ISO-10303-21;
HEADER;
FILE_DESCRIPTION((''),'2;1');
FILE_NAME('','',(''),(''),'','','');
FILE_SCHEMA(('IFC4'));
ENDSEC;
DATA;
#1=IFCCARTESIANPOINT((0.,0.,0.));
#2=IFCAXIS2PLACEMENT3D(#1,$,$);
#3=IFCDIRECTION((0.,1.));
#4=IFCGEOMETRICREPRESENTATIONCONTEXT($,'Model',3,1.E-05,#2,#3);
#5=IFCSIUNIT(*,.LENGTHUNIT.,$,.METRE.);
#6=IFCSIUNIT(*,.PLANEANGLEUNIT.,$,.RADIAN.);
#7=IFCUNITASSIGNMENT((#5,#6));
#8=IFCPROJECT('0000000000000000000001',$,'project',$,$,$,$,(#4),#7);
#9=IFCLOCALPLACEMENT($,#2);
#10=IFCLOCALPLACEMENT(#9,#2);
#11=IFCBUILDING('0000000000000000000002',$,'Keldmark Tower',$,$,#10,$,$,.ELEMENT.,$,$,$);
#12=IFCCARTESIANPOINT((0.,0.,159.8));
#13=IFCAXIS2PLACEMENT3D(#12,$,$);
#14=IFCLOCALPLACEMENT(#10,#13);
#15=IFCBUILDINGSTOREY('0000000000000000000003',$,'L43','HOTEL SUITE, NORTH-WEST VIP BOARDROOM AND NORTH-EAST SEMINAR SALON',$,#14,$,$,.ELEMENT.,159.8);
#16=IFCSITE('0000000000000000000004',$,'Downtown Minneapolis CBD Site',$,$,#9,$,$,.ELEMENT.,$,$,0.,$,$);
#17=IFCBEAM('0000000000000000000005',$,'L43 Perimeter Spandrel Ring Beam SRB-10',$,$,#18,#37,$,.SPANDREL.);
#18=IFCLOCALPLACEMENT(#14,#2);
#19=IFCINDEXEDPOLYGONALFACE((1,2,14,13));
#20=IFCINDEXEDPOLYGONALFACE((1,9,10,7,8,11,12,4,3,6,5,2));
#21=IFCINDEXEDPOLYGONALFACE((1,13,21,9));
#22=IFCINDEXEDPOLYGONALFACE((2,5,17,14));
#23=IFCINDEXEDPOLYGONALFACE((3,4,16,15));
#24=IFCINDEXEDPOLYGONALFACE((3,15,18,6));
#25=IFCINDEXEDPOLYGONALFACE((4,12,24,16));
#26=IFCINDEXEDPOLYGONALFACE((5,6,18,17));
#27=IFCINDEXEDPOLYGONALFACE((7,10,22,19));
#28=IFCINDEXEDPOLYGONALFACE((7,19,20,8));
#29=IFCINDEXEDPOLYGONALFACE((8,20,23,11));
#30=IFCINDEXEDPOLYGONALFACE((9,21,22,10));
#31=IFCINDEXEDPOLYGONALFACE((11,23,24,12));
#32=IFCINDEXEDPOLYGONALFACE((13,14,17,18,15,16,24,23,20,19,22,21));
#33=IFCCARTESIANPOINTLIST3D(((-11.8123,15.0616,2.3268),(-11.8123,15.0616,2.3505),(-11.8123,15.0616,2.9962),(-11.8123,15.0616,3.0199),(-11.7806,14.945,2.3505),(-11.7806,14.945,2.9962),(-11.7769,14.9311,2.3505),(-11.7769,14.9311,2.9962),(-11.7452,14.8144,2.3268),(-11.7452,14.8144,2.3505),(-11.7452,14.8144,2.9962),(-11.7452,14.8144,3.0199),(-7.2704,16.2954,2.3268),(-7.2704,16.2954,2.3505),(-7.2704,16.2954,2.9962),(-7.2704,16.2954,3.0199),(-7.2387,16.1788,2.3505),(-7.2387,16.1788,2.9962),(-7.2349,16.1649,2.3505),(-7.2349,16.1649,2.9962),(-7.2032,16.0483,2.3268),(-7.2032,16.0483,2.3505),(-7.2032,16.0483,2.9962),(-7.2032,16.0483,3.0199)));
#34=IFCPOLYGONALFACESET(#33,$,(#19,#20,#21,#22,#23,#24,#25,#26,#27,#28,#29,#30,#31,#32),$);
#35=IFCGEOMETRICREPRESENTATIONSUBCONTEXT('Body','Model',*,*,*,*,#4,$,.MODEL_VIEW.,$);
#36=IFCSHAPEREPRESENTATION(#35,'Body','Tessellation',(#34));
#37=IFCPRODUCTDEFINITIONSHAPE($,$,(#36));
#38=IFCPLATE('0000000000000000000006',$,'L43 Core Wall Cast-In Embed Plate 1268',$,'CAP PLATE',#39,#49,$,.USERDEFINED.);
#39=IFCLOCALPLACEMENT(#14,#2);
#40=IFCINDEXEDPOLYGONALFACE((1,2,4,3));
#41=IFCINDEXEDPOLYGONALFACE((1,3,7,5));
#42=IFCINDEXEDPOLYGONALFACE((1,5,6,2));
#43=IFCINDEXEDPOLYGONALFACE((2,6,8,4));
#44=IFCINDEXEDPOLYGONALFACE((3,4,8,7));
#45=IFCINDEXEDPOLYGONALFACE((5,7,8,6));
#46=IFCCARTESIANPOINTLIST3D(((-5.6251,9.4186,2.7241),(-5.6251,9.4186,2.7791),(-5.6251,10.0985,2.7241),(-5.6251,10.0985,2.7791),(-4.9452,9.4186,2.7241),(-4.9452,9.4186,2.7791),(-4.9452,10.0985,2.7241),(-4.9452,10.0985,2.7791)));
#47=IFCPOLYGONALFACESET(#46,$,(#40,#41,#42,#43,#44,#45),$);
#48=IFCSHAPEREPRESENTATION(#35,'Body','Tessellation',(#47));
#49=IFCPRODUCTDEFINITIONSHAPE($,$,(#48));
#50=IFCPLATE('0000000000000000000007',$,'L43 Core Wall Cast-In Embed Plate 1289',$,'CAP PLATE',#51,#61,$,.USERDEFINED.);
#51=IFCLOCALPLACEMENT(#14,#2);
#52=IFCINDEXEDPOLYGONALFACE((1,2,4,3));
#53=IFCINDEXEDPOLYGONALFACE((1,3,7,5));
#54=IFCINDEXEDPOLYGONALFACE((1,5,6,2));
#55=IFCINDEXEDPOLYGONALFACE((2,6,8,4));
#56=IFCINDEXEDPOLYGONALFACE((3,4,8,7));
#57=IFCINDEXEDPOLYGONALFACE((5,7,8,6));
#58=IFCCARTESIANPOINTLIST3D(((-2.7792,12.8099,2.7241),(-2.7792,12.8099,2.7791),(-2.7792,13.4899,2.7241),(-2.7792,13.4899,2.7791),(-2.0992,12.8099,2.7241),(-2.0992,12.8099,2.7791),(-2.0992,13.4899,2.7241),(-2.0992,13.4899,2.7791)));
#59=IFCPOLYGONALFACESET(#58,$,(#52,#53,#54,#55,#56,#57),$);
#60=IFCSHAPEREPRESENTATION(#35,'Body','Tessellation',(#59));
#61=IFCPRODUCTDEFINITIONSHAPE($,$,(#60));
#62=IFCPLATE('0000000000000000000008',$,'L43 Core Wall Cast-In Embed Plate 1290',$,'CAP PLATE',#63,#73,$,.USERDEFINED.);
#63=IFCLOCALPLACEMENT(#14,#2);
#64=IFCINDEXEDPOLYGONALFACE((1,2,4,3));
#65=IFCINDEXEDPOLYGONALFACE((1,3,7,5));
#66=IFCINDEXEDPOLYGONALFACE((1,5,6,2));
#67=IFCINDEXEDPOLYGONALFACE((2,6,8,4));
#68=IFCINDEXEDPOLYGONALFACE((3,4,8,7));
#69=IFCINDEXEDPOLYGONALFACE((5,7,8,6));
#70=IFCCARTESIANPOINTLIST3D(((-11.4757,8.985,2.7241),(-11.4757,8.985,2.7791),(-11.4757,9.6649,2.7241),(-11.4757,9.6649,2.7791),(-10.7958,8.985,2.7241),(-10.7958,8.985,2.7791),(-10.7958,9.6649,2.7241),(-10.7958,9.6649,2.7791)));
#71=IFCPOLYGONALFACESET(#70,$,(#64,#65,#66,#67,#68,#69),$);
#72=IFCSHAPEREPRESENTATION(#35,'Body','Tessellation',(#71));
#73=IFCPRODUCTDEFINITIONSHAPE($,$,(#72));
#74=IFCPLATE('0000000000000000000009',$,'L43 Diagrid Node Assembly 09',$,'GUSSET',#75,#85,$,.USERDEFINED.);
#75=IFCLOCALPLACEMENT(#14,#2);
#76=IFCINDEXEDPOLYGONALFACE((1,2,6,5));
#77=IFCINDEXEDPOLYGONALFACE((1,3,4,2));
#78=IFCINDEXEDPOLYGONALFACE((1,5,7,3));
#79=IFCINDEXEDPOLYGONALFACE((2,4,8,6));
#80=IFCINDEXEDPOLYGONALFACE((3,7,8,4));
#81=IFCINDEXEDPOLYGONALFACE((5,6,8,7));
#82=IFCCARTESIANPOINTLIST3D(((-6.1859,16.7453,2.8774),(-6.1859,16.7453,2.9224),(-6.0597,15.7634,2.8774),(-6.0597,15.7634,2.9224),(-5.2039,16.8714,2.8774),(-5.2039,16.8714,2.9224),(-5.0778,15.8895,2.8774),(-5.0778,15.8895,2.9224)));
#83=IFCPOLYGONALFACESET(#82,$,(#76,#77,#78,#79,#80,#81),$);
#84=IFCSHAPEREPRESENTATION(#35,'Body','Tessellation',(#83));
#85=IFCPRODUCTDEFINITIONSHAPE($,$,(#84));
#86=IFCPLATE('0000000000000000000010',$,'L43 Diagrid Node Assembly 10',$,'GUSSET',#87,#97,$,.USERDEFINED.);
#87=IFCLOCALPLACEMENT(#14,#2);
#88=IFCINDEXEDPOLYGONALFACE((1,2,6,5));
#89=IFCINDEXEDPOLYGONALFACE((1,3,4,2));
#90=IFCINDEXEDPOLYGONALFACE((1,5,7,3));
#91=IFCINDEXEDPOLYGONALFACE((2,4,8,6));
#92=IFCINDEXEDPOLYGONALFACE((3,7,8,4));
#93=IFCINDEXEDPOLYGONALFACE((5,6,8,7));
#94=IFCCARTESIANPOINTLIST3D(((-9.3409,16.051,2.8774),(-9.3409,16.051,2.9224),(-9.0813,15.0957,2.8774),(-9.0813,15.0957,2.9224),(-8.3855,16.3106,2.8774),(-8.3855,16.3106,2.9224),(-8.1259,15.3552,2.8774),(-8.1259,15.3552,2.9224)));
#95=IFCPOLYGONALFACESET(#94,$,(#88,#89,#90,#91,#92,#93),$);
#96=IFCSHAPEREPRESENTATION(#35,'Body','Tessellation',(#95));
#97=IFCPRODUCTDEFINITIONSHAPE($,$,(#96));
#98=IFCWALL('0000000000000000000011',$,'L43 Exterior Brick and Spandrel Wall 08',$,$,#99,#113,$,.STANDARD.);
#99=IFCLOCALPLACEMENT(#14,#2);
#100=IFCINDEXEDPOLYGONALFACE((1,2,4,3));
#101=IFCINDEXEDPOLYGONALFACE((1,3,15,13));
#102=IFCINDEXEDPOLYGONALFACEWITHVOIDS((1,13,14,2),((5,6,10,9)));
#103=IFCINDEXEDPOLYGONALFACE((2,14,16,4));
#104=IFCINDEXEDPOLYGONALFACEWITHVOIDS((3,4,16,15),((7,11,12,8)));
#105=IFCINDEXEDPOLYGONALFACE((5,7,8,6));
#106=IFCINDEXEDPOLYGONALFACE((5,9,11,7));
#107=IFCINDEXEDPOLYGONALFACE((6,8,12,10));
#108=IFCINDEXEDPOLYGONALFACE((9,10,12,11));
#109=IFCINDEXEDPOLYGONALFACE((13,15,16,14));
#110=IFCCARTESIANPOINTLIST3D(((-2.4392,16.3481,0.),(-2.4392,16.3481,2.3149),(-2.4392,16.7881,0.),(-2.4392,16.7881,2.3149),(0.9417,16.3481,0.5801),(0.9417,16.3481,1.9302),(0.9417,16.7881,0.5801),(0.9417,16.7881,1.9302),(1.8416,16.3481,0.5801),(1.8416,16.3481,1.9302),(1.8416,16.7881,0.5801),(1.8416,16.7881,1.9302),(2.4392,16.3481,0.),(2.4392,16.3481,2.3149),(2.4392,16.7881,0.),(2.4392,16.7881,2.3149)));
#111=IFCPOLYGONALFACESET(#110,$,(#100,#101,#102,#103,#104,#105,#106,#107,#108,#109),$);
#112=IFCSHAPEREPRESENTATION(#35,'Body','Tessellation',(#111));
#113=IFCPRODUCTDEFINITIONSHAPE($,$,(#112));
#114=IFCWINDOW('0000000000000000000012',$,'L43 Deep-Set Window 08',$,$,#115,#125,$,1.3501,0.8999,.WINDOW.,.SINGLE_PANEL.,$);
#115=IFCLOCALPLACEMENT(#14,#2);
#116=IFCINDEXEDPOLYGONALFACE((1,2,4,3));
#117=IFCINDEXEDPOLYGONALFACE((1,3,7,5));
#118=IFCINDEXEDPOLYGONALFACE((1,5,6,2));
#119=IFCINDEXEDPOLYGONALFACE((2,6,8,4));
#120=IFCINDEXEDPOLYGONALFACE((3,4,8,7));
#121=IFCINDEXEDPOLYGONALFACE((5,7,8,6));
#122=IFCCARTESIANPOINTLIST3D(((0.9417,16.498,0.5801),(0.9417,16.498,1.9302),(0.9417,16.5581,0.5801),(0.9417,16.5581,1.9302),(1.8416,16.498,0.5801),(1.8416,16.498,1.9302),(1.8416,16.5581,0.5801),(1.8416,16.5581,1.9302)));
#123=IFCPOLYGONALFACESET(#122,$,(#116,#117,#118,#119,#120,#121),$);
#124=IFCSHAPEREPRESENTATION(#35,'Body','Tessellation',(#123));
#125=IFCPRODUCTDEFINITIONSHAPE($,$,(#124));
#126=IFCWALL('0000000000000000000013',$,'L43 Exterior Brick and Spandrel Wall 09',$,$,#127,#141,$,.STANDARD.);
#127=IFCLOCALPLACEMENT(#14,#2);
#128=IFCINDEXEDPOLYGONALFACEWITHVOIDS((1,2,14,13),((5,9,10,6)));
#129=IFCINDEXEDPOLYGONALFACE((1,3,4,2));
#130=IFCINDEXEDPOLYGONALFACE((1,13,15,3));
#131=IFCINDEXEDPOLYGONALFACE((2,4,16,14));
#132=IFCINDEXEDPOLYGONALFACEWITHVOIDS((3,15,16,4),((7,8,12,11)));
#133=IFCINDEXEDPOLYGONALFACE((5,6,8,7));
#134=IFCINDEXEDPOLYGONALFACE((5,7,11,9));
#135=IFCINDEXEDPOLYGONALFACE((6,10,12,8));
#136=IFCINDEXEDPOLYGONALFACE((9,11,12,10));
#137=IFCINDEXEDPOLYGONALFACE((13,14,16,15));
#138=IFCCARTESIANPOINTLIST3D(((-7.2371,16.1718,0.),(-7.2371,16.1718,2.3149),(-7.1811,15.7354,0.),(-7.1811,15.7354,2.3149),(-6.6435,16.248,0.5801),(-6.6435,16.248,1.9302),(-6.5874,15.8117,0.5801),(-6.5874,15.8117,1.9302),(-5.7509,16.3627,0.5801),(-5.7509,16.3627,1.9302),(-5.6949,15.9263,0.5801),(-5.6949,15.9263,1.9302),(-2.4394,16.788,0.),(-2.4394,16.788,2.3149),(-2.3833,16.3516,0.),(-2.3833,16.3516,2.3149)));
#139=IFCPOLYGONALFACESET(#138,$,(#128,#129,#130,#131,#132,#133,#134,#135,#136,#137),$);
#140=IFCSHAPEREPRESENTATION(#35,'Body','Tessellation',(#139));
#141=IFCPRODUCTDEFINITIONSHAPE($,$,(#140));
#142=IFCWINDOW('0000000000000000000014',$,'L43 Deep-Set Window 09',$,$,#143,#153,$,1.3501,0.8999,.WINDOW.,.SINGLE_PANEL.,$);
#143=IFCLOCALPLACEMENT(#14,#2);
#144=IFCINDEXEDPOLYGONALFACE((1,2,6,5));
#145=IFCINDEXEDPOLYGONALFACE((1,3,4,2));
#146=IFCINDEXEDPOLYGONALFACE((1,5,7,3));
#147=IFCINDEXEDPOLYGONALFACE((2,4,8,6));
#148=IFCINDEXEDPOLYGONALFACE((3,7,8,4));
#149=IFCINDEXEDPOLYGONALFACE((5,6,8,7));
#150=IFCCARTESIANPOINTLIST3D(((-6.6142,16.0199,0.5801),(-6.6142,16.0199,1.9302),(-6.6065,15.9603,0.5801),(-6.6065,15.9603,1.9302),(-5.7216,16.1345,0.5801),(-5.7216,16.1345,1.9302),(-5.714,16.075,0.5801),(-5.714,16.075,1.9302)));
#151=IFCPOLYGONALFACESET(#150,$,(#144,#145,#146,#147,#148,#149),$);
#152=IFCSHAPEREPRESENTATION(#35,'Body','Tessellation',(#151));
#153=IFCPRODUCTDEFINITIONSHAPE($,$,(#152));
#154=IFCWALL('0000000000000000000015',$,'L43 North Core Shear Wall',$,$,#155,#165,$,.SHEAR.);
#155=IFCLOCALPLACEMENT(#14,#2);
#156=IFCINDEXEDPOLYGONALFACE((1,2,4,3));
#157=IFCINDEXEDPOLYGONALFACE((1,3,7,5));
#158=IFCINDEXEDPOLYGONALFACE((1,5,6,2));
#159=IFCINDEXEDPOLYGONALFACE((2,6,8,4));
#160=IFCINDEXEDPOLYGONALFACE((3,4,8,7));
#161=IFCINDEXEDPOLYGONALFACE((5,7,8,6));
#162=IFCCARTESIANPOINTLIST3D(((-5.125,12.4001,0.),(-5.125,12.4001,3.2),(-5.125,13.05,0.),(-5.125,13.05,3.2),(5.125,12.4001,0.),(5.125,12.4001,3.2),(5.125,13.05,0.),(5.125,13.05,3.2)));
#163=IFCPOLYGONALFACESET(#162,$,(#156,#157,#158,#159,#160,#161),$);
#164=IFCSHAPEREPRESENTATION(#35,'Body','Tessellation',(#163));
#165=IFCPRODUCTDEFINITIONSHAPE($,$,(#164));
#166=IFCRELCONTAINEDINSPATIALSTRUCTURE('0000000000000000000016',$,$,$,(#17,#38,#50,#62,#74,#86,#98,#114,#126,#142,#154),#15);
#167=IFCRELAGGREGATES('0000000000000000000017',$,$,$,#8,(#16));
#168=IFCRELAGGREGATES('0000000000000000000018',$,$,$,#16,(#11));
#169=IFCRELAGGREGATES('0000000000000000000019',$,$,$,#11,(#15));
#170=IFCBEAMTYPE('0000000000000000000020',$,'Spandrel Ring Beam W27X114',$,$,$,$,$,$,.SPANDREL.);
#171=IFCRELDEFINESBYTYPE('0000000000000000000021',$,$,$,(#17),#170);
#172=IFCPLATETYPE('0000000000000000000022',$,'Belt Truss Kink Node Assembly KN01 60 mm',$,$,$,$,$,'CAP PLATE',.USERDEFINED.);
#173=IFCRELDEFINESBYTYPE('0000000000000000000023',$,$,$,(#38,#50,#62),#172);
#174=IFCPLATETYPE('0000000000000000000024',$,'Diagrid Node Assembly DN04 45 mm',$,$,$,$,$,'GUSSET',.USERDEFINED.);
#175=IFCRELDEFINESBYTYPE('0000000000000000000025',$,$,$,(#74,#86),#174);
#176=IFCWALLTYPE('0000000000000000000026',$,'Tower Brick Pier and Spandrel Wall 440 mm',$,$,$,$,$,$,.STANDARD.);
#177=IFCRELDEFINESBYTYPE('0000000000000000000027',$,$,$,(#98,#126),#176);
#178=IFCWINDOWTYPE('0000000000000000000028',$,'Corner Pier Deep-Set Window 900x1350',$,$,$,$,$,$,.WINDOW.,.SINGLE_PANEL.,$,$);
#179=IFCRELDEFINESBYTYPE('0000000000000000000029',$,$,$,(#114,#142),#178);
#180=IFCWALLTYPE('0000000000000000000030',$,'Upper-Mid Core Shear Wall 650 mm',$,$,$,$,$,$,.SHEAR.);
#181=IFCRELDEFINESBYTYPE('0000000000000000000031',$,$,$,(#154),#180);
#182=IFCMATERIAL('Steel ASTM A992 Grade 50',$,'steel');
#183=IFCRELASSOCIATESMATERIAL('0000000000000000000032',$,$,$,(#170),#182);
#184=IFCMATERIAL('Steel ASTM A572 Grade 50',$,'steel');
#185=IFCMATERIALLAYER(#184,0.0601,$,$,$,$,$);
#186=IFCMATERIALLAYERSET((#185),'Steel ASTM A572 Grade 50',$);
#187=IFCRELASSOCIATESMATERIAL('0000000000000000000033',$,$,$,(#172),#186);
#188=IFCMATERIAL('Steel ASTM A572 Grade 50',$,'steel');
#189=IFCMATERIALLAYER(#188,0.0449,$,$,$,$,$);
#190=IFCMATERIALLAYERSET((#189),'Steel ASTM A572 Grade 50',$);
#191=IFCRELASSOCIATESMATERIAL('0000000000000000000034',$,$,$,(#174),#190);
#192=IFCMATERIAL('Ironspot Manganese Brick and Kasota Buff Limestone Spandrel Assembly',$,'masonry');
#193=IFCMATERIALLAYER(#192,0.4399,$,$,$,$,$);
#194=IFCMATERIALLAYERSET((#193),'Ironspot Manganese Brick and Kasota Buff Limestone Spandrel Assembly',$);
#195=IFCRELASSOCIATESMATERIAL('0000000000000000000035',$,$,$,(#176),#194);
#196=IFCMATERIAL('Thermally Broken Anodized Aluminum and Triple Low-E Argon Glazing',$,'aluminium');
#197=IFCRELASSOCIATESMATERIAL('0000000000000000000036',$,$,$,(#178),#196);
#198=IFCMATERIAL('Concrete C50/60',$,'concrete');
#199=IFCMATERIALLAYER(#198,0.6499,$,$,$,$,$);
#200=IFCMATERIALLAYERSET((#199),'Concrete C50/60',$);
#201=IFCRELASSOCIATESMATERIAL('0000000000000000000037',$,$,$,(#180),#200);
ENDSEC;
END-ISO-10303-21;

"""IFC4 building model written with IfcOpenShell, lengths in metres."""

from ifc_helpers import new_model, si_unit, direction, frame, frame_2d, origin, origin_2d, place, context, subcontext, project, spatial, rectangle, i_section, extrude, material, layer, layer_set, material_profile, profile_set, type_object, element, fill, save


model = new_model("IFC4")

# Units and contexts
model_context = context("Model", 3, precision=1e-05, world=origin(), true_north=direction((0.0, 1.0)))
body_context = subcontext(model_context, "Body", "Model", "MODEL_VIEW")
ifc_project = project(units=[si_unit("LENGTHUNIT", "METRE"), si_unit("PLANEANGLEUNIT", "RADIAN")], contexts=[model_context])

# Site, building, storey
site_placement = place(None, origin())
site = spatial("IfcSite", under=ifc_project, at=site_placement, Name="Downtown Minneapolis CBD Site", CompositionType="ELEMENT", RefElevation=0.0)
building_placement = place(site_placement, origin())
building = spatial("IfcBuilding", under=site, at=building_placement, Name="Keldmark Tower", CompositionType="ELEMENT")
storey_placement = place(building_placement, frame((0.0, 0.0, 159.8)))
storey = spatial("IfcBuildingStorey", under=building, at=storey_placement, Name="L43", Description="HOTEL SUITE, NORTH-WEST VIP BOARDROOM AND NORTH-EAST SEMINAR SALON", CompositionType="ELEMENT", Elevation=159.8)

# Beam
ifc_material_1 = material(Name="Steel ASTM A992 Grade 50", Category="steel")
ifc_material_profile_1 = material_profile(ifc_material_1, i_section(OverallWidth=0.2561, OverallDepth=0.6931, WebThickness=0.0144, FlangeThickness=0.0237, at=origin_2d()), Name="W27X114")
ifc_profile_set_1 = profile_set([ifc_material_profile_1], Name="Steel ASTM A992 Grade 50")
beam_type_1 = type_object("IfcBeamType", Name="Spandrel Ring Beam W27X114", PredefinedType="SPANDREL", material=ifc_profile_set_1)
beam_1_placement = place(storey_placement, frame((-7.2368, 16.1719, 2.6733), z_axis=(-0.965024, -0.26216, 0.0), x_axis=(0.26216, -0.965024, 0.0)))
element("IfcBeam", 1, at=beam_1_placement, inside=storey, type_object=beam_type_1, Name="L43 Perimeter Spandrel Ring Beam SRB-10", PredefinedType="SPANDREL", context=body_context, shape_type="SweptSolid", body=[
    extrude(i_section(OverallWidth=0.2561, OverallDepth=0.6931, WebThickness=0.0144, FlangeThickness=0.0237, at=origin_2d()), origin(), (0.0, 0.0, 1.0), 4.7065),
])

# Plates
ifc_material_2 = material(Name="Steel ASTM A572 Grade 50", Category="steel")
ifc_layer_1 = layer(ifc_material_2, 0.0601)
ifc_layer_set_1 = layer_set([ifc_layer_1], Name="Steel ASTM A572 Grade 50")
plate_type_1 = type_object("IfcPlateType", Name="Belt Truss Kink Node Assembly KN01 60 mm", ElementType="CAP PLATE", PredefinedType="USERDEFINED", material=ifc_layer_set_1)
for number, where, z_axis, x_axis, name in (
    (2, (-5.2852, 9.7585, 2.7241), (0.0, 0.0, 1.0), (1.0, 0.0, 0.0), "L43 Core Wall Cast-In Embed Plate 1268"),
    (3, (-2.4392, 13.1499, 2.7241), (0.0, 0.0, 1.0), (1.0, 0.0, 0.0), "L43 Core Wall Cast-In Embed Plate 1289"),
    (4, (-11.1357, 9.325, 2.7241), (0.0, 0.0, 1.0), (1.0, 0.0, 0.0), "L43 Core Wall Cast-In Embed Plate 1290"),
):
    element("IfcPlate", number, at=place(storey_placement, frame(where, z_axis=z_axis, x_axis=x_axis)), inside=storey, type_object=plate_type_1, Name=name, ObjectType="CAP PLATE", PredefinedType="USERDEFINED", context=body_context, shape_type="SweptSolid", body=[
        extrude(rectangle(XDim=0.6799, YDim=0.6799, at=origin_2d()), origin(), (0.0, 0.0, 1.0), 0.0549),
    ])
ifc_material_3 = material(Name="Steel ASTM A572 Grade 50", Category="steel")
ifc_layer_2 = layer(ifc_material_3, 0.0449)
ifc_layer_set_2 = layer_set([ifc_layer_2], Name="Steel ASTM A572 Grade 50")
plate_type_2 = type_object("IfcPlateType", Name="Diagrid Node Assembly DN04 45 mm", ElementType="GUSSET", PredefinedType="USERDEFINED", material=ifc_layer_set_2)
for number, where, z_axis, x_axis, name in (
    (5, (-5.6318, 16.3174, 2.8774), (0.0, 0.0, 1.0), (-0.99185, -0.127411, 0.0), "L43 Diagrid Node Assembly 09"),
    (6, (-8.7334, 15.7031, 2.8774), (0.0, 0.0, 1.0), (-0.965016, -0.262189, 0.0), "L43 Diagrid Node Assembly 10"),
):
    element("IfcPlate", number, at=place(storey_placement, frame(where, z_axis=z_axis, x_axis=x_axis)), inside=storey, type_object=plate_type_2, Name=name, ObjectType="GUSSET", PredefinedType="USERDEFINED", context=body_context, shape_type="SweptSolid", body=[
        extrude(rectangle(XDim=0.99, YDim=0.99, at=origin_2d()), origin(), (0.0, 0.0, 1.0), 0.0449),
    ])

# Walls, openings, windows
ifc_material_4 = material(Name="Ironspot Manganese Brick and Kasota Buff Limestone Spandrel Assembly", Category="masonry")
ifc_layer_3 = layer(ifc_material_4, 0.4399)
ifc_layer_set_3 = layer_set([ifc_layer_3], Name="Ironspot Manganese Brick and Kasota Buff Limestone Spandrel Assembly")
wall_type_1 = type_object("IfcWallType", Name="Tower Brick Pier and Spandrel Wall 440 mm", PredefinedType="STANDARD", material=ifc_layer_set_3)
wall_1_placement = place(storey_placement, frame((-2.4392, 16.5681, 0.0), z_axis=(0.0, 0.0, 1.0), x_axis=(1.0, 0.0, 0.0)))
wall_1 = element("IfcWall", 7, at=wall_1_placement, inside=storey, type_object=wall_type_1, Name="L43 Exterior Brick and Spandrel Wall 08", PredefinedType="STANDARD", context=body_context, shape_type="SweptSolid", body=[
    extrude(rectangle(XDim=4.8784, YDim=0.4399, at=frame_2d((2.4392, 0.0))), origin(), (0.0, 0.0, 1.0), 2.3149),
])
opening_1_placement = place(wall_1_placement, frame((3.3809, 0.0, 0.5801)))
opening_1 = element("IfcOpeningElement", 8, at=opening_1_placement, cuts=wall_1, PredefinedType="OPENING", context=body_context, shape_type="SweptSolid", body=[
    extrude(rectangle(XDim=0.8999, YDim=1.3501, at=frame_2d((0.45, 0.675))), frame((0.0, 0.23, 0.0), z_axis=(0.0, -1.0, 0.0), x_axis=(1.0, 0.0, 0.0)), (0.0, 0.0, 1.0), 0.46),
])
ifc_material_5 = material(Name="Thermally Broken Anodized Aluminum and Triple Low-E Argon Glazing", Category="aluminium")
window_type = type_object("IfcWindowType", Name="Corner Pier Deep-Set Window 900x1350", PartitioningType="SINGLE_PANEL", PredefinedType="WINDOW", material=ifc_material_5)
window_1_placement = place(opening_1_placement, origin())
window_1 = element("IfcWindow", 9, at=window_1_placement, inside=storey, type_object=window_type, Name="L43 Deep-Set Window 08", OverallHeight=1.3501, OverallWidth=0.8999, PartitioningType="SINGLE_PANEL", PredefinedType="WINDOW", context=body_context, shape_type="SweptSolid", body=[
    extrude(rectangle(XDim=0.8999, YDim=1.3501, at=frame_2d((0.45, 0.675))), frame((0.0, -0.01, 0.0), z_axis=(0.0, -1.0, 0.0), x_axis=(1.0, 0.0, 0.0)), (0.0, 0.0, 1.0), 0.0601),
])
fill(opening_1, window_1)
wall_2_placement = place(storey_placement, frame((-7.209, 15.9536, 0.0), z_axis=(0.0, 0.0, 1.0), x_axis=(0.991853, 0.127388, 0.0)))
wall_2 = element("IfcWall", 10, at=wall_2_placement, inside=storey, type_object=wall_type_1, Name="L43 Exterior Brick and Spandrel Wall 09", PredefinedType="STANDARD", context=body_context, shape_type="SweptSolid", body=[
    extrude(rectangle(XDim=4.8372, YDim=0.4399, at=frame_2d((2.4185, 0.0))), origin(), (0.0, 0.0, 1.0), 2.3149),
])
opening_2_placement = place(wall_2_placement, frame((0.5984, 0.0, 0.5801)))
opening_2 = element("IfcOpeningElement", 11, at=opening_2_placement, cuts=wall_2, PredefinedType="OPENING", context=body_context, shape_type="SweptSolid", body=[
    extrude(rectangle(XDim=0.8999, YDim=1.3501, at=frame_2d((0.45, 0.675))), frame((0.0, 0.23, 0.0), z_axis=(0.0, -1.0, 0.0), x_axis=(1.0, 0.0, 0.0)), (0.0, 0.0, 1.0), 0.46),
])
window_2_placement = place(opening_2_placement, origin())
window_2 = element("IfcWindow", 12, at=window_2_placement, inside=storey, type_object=window_type, Name="L43 Deep-Set Window 09", OverallHeight=1.3501, OverallWidth=0.8999, PartitioningType="SINGLE_PANEL", PredefinedType="WINDOW", context=body_context, shape_type="SweptSolid", body=[
    extrude(rectangle(XDim=0.8999, YDim=1.3501, at=frame_2d((0.45, 0.675))), frame((0.0, -0.01, 0.0), z_axis=(0.0, -1.0, 0.0), x_axis=(1.0, 0.0, 0.0)), (0.0, 0.0, 1.0), 0.0601),
])
fill(opening_2, window_2)

# Wall
ifc_material_6 = material(Name="Concrete C50/60", Category="concrete")
ifc_layer_4 = layer(ifc_material_6, 0.6499)
ifc_layer_set_4 = layer_set([ifc_layer_4], Name="Concrete C50/60")
wall_type_2 = type_object("IfcWallType", Name="Upper-Mid Core Shear Wall 650 mm", PredefinedType="SHEAR", material=ifc_layer_set_4)
wall_3_placement = place(storey_placement, frame((-5.125, 12.7251, 0.0), z_axis=(0.0, 0.0, 1.0), x_axis=(1.0, 0.0, 0.0)))
element("IfcWall", 13, at=wall_3_placement, inside=storey, type_object=wall_type_2, Name="L43 North Core Shear Wall", PredefinedType="SHEAR", context=body_context, shape_type="SweptSolid", body=[
    extrude(rectangle(XDim=10.25, YDim=0.6499, at=frame_2d((5.125, 0.0))), origin(), (0.0, 0.0, 1.0), 3.2),
])

save(model, "model.ifc")
